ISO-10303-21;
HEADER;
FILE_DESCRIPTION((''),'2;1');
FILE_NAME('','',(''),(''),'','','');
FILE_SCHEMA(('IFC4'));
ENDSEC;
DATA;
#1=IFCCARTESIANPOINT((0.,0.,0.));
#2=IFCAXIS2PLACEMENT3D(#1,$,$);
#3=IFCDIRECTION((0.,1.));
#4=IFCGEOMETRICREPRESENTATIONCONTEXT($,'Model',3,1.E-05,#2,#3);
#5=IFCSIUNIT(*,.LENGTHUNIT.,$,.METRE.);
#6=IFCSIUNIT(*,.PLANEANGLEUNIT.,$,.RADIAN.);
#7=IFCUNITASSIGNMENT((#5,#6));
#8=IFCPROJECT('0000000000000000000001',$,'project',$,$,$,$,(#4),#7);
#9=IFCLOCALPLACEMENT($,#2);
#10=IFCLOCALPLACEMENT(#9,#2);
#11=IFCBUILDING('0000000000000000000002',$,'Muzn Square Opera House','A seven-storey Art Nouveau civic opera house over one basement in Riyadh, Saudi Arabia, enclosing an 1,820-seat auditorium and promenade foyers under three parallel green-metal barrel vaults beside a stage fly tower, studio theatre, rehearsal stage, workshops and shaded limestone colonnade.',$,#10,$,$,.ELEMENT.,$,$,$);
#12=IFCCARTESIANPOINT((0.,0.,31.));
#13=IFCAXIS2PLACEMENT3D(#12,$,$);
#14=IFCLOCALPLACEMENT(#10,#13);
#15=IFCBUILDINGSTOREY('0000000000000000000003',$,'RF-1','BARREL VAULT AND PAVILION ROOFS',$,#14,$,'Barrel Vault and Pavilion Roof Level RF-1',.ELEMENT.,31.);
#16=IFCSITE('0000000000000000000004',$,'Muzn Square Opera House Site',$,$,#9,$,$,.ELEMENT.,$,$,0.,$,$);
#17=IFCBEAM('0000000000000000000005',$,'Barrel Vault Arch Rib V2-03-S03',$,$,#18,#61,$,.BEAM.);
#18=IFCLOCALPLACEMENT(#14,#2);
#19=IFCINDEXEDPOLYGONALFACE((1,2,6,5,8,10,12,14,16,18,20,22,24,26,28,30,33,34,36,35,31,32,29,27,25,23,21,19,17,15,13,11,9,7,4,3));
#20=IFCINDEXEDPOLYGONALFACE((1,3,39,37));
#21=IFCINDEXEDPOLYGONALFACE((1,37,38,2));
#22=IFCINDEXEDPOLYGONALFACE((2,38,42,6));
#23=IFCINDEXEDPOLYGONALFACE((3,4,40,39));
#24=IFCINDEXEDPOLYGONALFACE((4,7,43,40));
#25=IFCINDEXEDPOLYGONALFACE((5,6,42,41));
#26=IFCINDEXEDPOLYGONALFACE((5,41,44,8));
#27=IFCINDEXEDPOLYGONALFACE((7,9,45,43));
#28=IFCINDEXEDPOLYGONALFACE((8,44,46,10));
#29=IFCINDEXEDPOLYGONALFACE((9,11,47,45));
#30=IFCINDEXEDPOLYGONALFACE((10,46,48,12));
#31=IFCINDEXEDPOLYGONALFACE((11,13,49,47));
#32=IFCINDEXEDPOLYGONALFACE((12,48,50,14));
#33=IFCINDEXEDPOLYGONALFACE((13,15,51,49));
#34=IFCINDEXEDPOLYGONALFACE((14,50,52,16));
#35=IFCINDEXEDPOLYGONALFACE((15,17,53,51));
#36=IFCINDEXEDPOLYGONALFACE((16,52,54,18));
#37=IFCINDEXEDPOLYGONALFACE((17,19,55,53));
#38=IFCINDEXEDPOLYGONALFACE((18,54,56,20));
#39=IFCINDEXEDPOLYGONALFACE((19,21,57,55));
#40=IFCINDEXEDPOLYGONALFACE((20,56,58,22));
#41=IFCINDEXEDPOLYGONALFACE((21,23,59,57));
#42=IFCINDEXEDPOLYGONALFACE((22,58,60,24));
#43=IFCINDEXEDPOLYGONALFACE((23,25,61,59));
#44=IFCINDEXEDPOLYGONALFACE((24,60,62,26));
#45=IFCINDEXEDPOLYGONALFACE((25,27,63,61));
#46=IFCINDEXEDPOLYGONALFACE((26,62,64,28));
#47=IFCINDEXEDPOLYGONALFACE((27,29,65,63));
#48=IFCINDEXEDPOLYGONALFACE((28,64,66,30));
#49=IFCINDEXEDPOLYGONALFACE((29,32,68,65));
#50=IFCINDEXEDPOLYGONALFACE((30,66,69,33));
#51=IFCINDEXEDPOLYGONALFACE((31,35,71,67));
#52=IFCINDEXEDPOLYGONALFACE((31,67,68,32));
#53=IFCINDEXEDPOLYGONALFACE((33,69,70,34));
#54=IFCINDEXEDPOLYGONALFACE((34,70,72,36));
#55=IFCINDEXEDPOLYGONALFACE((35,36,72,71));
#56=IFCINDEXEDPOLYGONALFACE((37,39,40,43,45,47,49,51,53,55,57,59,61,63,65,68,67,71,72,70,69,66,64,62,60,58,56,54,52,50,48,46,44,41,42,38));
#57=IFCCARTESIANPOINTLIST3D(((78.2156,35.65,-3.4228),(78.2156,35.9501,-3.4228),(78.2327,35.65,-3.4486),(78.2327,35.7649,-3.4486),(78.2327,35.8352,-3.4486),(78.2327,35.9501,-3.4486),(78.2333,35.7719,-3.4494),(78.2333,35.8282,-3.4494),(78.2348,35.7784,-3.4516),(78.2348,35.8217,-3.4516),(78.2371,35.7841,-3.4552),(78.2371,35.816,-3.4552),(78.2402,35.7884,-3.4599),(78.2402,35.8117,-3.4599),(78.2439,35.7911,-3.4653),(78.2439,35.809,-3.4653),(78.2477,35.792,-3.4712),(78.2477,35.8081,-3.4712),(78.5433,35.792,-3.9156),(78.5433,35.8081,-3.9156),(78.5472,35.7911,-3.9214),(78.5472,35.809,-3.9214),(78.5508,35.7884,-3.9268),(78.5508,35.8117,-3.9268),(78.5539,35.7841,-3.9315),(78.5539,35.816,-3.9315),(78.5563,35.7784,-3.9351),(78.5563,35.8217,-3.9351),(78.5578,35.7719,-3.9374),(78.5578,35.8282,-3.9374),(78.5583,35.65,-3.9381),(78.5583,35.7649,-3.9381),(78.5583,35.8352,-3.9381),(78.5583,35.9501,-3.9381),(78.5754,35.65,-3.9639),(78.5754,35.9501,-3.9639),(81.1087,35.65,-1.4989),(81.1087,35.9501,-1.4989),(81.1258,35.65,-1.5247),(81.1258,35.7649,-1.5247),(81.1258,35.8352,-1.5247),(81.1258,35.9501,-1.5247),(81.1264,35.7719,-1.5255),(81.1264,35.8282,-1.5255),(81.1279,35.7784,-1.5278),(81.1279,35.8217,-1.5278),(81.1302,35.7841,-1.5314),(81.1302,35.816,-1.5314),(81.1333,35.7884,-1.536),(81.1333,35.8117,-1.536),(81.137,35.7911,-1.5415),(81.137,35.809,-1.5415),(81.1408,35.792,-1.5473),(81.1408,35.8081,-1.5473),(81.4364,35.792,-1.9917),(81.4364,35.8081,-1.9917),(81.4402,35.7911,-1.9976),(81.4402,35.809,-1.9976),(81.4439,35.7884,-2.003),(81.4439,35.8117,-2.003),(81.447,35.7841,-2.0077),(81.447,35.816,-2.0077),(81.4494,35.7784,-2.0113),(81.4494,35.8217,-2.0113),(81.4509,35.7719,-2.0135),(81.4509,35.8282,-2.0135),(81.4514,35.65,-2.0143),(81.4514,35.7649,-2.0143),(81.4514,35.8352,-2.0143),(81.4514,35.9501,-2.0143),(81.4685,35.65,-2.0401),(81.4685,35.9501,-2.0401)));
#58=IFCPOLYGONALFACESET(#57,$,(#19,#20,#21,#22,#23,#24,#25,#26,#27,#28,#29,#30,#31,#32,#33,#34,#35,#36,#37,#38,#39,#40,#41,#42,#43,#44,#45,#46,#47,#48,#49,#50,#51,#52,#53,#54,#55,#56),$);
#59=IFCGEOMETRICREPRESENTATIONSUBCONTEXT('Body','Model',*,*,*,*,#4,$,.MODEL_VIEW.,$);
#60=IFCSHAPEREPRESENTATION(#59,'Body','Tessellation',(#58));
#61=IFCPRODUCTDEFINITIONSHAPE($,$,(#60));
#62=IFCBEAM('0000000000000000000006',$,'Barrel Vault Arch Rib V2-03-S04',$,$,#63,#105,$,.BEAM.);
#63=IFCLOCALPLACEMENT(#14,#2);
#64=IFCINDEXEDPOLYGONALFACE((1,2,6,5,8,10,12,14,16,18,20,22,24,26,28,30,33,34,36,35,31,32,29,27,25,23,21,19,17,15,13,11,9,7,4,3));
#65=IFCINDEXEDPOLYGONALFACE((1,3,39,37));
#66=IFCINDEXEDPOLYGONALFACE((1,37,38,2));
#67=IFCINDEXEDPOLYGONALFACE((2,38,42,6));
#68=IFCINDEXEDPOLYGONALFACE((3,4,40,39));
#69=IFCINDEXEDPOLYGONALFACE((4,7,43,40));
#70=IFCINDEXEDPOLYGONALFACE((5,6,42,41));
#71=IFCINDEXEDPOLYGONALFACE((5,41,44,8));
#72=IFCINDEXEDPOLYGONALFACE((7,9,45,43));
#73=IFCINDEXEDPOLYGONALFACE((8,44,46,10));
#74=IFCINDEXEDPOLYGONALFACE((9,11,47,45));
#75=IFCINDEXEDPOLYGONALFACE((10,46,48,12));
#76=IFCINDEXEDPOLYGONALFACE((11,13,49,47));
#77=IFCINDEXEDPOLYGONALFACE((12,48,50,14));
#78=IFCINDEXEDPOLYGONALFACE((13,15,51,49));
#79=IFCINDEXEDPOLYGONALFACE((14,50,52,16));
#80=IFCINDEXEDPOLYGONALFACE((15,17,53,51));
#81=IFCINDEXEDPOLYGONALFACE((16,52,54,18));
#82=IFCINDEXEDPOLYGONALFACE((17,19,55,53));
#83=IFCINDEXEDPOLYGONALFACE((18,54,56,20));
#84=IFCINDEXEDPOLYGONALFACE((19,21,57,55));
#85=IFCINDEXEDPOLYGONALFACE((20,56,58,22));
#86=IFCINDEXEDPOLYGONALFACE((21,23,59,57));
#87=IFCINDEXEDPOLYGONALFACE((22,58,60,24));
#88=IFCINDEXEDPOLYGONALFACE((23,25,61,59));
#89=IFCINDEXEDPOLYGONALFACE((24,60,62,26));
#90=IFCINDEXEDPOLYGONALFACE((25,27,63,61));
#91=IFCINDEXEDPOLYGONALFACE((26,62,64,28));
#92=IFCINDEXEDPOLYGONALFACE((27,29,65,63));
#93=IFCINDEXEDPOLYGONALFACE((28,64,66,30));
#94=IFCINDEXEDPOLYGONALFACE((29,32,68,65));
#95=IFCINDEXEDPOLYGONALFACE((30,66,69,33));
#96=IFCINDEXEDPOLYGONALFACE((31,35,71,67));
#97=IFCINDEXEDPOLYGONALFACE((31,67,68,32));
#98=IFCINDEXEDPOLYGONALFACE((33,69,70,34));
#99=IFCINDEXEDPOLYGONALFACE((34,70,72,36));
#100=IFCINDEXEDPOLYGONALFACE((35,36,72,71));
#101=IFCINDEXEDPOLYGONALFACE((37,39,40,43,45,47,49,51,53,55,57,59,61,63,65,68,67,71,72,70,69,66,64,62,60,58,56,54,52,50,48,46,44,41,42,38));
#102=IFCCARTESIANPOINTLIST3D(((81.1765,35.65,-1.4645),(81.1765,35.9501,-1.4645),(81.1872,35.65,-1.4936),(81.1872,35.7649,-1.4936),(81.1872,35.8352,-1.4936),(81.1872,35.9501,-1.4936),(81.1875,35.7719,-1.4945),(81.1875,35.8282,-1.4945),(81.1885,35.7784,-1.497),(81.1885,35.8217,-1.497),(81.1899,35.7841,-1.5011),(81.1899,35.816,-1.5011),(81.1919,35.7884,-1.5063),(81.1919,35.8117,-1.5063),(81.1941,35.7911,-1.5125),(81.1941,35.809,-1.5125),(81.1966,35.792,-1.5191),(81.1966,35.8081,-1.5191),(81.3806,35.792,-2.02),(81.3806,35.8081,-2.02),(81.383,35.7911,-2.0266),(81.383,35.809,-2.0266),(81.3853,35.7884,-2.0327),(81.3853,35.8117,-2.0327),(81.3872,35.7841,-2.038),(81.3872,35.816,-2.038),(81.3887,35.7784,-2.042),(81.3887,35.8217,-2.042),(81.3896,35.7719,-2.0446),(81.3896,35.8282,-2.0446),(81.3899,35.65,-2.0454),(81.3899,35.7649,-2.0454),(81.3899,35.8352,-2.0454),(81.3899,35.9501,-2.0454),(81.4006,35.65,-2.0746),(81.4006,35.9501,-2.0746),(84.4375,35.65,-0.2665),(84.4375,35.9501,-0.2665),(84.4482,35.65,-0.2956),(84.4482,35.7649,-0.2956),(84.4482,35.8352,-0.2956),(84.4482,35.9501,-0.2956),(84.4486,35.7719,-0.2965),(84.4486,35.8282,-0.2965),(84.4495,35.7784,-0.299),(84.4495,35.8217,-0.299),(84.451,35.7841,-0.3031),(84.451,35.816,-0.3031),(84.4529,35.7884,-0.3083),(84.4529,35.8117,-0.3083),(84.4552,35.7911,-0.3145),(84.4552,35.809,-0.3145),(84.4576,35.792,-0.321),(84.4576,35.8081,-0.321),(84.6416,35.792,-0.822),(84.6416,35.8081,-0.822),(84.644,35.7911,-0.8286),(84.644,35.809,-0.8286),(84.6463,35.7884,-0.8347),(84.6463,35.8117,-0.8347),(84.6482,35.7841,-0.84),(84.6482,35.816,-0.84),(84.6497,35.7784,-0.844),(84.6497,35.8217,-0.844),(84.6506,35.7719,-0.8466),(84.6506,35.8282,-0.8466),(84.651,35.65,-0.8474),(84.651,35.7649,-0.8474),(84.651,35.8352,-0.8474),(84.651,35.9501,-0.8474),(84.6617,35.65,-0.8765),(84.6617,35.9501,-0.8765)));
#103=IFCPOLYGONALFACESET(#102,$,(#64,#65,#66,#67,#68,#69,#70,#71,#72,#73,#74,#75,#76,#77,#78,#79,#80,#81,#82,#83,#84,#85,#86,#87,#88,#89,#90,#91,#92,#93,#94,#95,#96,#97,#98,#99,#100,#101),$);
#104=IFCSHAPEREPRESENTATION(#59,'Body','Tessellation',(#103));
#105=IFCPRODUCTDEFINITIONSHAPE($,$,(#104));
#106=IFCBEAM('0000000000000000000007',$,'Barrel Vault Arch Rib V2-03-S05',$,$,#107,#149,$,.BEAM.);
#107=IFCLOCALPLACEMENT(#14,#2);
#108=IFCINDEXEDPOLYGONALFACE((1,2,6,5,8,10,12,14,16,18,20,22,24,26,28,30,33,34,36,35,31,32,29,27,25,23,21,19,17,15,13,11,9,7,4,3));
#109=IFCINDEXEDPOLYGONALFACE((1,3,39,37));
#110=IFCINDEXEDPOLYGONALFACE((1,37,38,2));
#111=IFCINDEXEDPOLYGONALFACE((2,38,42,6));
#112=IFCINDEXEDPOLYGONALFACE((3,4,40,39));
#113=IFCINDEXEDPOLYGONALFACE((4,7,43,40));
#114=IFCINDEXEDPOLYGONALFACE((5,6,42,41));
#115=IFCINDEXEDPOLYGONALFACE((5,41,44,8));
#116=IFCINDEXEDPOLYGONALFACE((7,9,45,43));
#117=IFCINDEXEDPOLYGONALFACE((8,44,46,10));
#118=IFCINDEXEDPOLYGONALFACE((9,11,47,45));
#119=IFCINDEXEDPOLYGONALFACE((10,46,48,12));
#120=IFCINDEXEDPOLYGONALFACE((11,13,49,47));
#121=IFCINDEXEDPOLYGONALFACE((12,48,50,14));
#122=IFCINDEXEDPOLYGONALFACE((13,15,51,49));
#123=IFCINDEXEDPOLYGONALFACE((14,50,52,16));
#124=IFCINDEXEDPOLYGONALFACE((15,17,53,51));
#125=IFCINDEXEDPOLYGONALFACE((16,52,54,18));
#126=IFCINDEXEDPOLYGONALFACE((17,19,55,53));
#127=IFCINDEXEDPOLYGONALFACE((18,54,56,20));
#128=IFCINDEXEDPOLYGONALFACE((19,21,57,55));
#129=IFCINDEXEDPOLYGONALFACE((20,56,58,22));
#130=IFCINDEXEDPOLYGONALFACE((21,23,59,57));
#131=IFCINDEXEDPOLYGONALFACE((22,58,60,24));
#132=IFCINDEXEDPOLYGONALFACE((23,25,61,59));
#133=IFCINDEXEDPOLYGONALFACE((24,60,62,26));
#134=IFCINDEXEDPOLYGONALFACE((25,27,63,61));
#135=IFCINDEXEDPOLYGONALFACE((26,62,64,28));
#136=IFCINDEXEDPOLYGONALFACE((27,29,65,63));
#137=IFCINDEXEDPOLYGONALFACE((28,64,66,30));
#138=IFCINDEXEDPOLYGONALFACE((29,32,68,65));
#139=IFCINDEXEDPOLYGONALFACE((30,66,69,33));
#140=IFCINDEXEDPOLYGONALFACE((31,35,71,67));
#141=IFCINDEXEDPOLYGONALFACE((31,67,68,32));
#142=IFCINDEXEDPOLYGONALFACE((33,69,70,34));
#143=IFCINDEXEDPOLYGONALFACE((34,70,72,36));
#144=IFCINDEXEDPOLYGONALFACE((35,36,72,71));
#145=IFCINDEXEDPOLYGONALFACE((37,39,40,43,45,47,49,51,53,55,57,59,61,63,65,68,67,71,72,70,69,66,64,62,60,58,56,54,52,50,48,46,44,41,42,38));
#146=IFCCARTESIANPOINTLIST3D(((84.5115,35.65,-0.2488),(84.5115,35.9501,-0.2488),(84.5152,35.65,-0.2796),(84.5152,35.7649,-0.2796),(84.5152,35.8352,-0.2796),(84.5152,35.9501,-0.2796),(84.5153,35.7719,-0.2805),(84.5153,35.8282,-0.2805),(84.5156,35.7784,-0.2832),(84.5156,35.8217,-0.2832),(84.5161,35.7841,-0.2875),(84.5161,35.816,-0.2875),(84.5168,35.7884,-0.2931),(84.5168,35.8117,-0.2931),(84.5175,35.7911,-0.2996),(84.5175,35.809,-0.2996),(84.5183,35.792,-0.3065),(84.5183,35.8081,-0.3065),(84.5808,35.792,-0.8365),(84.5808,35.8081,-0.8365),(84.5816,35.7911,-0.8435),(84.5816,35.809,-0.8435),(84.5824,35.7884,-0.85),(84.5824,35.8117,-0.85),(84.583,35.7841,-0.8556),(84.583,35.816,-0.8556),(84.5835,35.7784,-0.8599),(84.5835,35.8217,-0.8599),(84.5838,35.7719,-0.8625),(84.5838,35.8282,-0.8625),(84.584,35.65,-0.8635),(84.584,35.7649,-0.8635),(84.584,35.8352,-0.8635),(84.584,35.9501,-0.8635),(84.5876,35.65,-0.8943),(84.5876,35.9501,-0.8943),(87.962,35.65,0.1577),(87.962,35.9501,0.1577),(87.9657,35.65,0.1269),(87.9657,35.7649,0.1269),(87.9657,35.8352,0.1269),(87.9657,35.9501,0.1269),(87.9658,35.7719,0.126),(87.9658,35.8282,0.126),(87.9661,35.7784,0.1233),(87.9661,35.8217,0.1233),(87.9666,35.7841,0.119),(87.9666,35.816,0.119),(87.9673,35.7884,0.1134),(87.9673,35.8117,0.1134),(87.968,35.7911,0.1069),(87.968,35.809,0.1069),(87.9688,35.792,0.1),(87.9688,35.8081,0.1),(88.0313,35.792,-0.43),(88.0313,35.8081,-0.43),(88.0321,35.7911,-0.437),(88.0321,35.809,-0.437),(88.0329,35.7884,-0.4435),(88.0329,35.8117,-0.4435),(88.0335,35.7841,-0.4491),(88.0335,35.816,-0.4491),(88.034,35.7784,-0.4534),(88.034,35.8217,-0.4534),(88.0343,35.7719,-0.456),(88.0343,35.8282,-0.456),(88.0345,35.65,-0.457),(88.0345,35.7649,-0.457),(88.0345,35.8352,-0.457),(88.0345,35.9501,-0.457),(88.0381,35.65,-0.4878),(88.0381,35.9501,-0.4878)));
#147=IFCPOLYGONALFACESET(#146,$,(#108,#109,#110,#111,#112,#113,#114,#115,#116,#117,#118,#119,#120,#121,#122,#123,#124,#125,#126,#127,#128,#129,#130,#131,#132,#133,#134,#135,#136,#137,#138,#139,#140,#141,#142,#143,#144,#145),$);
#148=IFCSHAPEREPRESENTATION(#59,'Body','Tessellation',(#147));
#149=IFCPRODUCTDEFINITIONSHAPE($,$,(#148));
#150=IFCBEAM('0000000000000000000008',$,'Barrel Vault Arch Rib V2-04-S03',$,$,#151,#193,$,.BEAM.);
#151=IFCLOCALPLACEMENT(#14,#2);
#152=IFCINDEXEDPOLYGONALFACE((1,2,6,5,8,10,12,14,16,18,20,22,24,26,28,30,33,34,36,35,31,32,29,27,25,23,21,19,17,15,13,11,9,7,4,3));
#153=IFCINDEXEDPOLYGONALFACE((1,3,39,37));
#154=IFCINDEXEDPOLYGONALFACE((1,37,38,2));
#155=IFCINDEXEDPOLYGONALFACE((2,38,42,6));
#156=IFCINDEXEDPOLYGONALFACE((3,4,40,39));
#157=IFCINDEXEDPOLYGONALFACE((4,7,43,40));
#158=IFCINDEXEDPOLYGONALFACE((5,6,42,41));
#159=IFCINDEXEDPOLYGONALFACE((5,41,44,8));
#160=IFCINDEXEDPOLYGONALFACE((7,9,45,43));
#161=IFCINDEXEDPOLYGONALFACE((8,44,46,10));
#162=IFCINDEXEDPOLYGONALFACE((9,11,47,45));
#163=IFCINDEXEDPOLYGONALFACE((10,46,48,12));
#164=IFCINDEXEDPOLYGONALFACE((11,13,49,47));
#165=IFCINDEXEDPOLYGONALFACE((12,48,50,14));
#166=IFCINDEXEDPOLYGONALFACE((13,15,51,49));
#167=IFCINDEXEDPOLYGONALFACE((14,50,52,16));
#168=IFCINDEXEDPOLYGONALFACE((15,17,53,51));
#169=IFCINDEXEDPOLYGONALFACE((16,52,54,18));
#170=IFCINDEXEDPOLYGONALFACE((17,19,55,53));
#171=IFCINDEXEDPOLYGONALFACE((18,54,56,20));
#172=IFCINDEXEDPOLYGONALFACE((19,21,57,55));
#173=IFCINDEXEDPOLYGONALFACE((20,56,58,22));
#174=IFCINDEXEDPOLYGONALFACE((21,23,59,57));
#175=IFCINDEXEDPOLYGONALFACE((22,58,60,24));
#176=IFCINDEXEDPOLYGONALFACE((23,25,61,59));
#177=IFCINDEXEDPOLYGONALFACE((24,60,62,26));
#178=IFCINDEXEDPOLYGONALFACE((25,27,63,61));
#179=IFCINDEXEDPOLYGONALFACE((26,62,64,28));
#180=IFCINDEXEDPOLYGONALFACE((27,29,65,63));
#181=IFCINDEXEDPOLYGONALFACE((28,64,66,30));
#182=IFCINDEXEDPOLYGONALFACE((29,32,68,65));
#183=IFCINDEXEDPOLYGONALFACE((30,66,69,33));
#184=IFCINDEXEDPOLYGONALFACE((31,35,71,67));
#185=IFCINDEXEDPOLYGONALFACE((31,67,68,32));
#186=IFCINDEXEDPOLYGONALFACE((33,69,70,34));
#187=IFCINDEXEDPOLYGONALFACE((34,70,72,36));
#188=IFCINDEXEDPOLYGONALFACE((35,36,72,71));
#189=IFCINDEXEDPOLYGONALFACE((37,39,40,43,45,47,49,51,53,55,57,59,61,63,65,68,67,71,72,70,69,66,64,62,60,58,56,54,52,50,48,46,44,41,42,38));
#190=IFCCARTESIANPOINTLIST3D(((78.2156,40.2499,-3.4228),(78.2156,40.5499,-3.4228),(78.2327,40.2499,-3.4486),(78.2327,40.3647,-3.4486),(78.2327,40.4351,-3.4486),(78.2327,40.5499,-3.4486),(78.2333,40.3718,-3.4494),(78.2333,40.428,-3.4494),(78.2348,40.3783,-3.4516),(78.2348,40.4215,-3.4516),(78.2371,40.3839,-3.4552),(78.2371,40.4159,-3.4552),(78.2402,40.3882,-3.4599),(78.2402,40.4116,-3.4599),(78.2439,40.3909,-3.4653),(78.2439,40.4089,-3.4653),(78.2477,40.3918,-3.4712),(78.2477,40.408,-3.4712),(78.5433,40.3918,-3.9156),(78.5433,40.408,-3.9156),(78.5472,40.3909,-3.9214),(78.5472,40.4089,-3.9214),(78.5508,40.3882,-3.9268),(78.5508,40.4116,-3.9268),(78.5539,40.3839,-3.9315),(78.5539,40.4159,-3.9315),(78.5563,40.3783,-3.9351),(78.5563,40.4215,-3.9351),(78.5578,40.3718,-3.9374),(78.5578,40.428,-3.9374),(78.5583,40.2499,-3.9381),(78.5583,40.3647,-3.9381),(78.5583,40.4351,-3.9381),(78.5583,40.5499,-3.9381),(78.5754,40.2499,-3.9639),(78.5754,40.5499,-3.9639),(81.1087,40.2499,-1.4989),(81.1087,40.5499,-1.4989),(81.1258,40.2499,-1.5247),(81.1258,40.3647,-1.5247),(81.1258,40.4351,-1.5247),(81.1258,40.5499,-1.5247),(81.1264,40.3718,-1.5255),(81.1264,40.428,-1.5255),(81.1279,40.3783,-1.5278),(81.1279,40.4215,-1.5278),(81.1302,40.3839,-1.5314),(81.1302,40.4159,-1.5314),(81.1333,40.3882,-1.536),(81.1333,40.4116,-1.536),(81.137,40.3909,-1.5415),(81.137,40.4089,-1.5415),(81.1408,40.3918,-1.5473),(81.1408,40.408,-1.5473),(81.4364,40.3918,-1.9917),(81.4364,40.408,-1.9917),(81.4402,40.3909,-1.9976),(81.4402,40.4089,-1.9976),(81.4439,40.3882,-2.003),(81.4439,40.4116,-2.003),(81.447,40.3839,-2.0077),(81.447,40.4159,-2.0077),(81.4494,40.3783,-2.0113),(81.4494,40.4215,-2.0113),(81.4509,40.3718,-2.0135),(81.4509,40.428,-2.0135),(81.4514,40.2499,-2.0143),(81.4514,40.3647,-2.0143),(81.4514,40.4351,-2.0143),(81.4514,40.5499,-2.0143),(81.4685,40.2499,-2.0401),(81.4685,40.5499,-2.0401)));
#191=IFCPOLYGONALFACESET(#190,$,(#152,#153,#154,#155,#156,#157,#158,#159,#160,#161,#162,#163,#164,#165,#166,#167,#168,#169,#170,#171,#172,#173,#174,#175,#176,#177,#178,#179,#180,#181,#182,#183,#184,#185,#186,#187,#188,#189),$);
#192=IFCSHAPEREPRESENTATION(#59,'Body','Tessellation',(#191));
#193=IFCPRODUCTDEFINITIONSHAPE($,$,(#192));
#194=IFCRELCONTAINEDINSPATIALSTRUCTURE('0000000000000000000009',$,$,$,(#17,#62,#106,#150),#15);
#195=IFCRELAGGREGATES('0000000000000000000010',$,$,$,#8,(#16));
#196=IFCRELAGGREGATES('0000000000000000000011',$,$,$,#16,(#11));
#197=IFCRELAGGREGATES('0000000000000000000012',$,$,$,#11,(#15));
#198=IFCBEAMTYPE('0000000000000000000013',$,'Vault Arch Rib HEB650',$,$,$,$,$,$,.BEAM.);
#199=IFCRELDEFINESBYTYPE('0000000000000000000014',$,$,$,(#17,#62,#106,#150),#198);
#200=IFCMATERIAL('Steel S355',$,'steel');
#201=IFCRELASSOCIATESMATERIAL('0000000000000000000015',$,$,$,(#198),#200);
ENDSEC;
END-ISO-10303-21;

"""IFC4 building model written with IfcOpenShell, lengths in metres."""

from ifc_helpers import new_model, si_unit, direction, frame, origin, origin_2d, place, context, subcontext, project, spatial, i_section, extrude, material, material_profile, profile_set, type_object, element, save


model = new_model("IFC4")

# Units and contexts
model_context = context("Model", 3, precision=1e-05, world=origin(), true_north=direction((0.0, 1.0)))
body_context = subcontext(model_context, "Body", "Model", "MODEL_VIEW")
ifc_project = project(units=[si_unit("LENGTHUNIT", "METRE"), si_unit("PLANEANGLEUNIT", "RADIAN")], contexts=[model_context])

# Site, building, storey
site_placement = place(None, origin())
site = spatial("IfcSite", under=ifc_project, at=site_placement, Name="Muzn Square Opera House Site", CompositionType="ELEMENT", RefElevation=0.0)
building_placement = place(site_placement, origin())
building = spatial("IfcBuilding", under=site, at=building_placement, Name="Muzn Square Opera House", Description="A seven-storey Art Nouveau civic opera house over one basement in Riyadh, Saudi Arabia, enclosing an 1,820-seat auditorium and promenade foyers under three parallel green-metal barrel vaults beside a stage fly tower, studio theatre, rehearsal stage, workshops and shaded limestone colonnade.", CompositionType="ELEMENT")
storey_placement = place(building_placement, frame((0.0, 0.0, 31.0)))
storey = spatial("IfcBuildingStorey", under=building, at=storey_placement, Name="RF-1", Description="BARREL VAULT AND PAVILION ROOFS", LongName="Barrel Vault and Pavilion Roof Level RF-1", CompositionType="ELEMENT", Elevation=31.0)

# Beams
ifc_material_1 = material(Name="Steel S355", Category="steel")
ifc_material_profile_1 = material_profile(ifc_material_1, i_section(OverallWidth=0.3, OverallDepth=0.6499, WebThickness=0.0161, FlangeThickness=0.031, FilletRadius=0.0271, at=origin_2d()), Name="HEB 650", Category="steel")
ifc_profile_set_1 = profile_set([ifc_material_profile_1], Name="Steel S355")
beam_type_1 = type_object("IfcBeamType", Name="Vault Arch Rib HEB650", PredefinedType="BEAM", material=ifc_profile_set_1)
beam_1_placement = place(storey_placement, frame((78.3955, 35.8, -3.6934), z_axis=(0.832698, 0.0, 0.553727), x_axis=(0.0, 1.0, 0.0)))
element("IfcBeam", 1, at=beam_1_placement, inside=storey, type_object=beam_type_1, Name="Barrel Vault Arch Rib V2-03-S03", PredefinedType="BEAM", context=body_context, shape_type="SweptSolid", body=[
    extrude(i_section(OverallWidth=0.3, OverallDepth=0.6499, WebThickness=0.0161, FlangeThickness=0.031, FilletRadius=0.0271, at=origin_2d()), origin(), (0.0, 0.0, 1.0), 3.4744),
])
beam_2_placement = place(storey_placement, frame((81.2886, 35.8, -1.7695), z_axis=(0.938662, 0.0, 0.344839), x_axis=(0.0, 1.0, 0.0)))
element("IfcBeam", 2, at=beam_2_placement, inside=storey, type_object=beam_type_1, Name="Barrel Vault Arch Rib V2-03-S04", PredefinedType="BEAM", context=body_context, shape_type="SweptSolid", body=[
    extrude(i_section(OverallWidth=0.3, OverallDepth=0.6499, WebThickness=0.0161, FlangeThickness=0.031, FilletRadius=0.0271, at=origin_2d()), origin(), (0.0, 0.0, 1.0), 3.4741),
])
for number, where, z_axis, x_axis, name in (
    (3, (84.5496, 35.8, -0.5715), (0.993132, 0.0, 0.117), (0.0, 1.0, 0.0), "Barrel Vault Arch Rib V2-03-S05"),
    (4, (78.3955, 40.3999, -3.6934), (0.832698, 0.0, 0.553727), (0.0, 1.0, 0.0), "Barrel Vault Arch Rib V2-04-S03"),
):
    element("IfcBeam", number, at=place(storey_placement, frame(where, z_axis=z_axis, x_axis=x_axis)), inside=storey, type_object=beam_type_1, Name=name, PredefinedType="BEAM", context=body_context, shape_type="SweptSolid", body=[
        extrude(i_section(OverallWidth=0.3, OverallDepth=0.6499, WebThickness=0.0161, FlangeThickness=0.031, FilletRadius=0.0271, at=origin_2d()), origin(), (0.0, 0.0, 1.0), 3.4744),
    ])

save(model, "model.ifc")
